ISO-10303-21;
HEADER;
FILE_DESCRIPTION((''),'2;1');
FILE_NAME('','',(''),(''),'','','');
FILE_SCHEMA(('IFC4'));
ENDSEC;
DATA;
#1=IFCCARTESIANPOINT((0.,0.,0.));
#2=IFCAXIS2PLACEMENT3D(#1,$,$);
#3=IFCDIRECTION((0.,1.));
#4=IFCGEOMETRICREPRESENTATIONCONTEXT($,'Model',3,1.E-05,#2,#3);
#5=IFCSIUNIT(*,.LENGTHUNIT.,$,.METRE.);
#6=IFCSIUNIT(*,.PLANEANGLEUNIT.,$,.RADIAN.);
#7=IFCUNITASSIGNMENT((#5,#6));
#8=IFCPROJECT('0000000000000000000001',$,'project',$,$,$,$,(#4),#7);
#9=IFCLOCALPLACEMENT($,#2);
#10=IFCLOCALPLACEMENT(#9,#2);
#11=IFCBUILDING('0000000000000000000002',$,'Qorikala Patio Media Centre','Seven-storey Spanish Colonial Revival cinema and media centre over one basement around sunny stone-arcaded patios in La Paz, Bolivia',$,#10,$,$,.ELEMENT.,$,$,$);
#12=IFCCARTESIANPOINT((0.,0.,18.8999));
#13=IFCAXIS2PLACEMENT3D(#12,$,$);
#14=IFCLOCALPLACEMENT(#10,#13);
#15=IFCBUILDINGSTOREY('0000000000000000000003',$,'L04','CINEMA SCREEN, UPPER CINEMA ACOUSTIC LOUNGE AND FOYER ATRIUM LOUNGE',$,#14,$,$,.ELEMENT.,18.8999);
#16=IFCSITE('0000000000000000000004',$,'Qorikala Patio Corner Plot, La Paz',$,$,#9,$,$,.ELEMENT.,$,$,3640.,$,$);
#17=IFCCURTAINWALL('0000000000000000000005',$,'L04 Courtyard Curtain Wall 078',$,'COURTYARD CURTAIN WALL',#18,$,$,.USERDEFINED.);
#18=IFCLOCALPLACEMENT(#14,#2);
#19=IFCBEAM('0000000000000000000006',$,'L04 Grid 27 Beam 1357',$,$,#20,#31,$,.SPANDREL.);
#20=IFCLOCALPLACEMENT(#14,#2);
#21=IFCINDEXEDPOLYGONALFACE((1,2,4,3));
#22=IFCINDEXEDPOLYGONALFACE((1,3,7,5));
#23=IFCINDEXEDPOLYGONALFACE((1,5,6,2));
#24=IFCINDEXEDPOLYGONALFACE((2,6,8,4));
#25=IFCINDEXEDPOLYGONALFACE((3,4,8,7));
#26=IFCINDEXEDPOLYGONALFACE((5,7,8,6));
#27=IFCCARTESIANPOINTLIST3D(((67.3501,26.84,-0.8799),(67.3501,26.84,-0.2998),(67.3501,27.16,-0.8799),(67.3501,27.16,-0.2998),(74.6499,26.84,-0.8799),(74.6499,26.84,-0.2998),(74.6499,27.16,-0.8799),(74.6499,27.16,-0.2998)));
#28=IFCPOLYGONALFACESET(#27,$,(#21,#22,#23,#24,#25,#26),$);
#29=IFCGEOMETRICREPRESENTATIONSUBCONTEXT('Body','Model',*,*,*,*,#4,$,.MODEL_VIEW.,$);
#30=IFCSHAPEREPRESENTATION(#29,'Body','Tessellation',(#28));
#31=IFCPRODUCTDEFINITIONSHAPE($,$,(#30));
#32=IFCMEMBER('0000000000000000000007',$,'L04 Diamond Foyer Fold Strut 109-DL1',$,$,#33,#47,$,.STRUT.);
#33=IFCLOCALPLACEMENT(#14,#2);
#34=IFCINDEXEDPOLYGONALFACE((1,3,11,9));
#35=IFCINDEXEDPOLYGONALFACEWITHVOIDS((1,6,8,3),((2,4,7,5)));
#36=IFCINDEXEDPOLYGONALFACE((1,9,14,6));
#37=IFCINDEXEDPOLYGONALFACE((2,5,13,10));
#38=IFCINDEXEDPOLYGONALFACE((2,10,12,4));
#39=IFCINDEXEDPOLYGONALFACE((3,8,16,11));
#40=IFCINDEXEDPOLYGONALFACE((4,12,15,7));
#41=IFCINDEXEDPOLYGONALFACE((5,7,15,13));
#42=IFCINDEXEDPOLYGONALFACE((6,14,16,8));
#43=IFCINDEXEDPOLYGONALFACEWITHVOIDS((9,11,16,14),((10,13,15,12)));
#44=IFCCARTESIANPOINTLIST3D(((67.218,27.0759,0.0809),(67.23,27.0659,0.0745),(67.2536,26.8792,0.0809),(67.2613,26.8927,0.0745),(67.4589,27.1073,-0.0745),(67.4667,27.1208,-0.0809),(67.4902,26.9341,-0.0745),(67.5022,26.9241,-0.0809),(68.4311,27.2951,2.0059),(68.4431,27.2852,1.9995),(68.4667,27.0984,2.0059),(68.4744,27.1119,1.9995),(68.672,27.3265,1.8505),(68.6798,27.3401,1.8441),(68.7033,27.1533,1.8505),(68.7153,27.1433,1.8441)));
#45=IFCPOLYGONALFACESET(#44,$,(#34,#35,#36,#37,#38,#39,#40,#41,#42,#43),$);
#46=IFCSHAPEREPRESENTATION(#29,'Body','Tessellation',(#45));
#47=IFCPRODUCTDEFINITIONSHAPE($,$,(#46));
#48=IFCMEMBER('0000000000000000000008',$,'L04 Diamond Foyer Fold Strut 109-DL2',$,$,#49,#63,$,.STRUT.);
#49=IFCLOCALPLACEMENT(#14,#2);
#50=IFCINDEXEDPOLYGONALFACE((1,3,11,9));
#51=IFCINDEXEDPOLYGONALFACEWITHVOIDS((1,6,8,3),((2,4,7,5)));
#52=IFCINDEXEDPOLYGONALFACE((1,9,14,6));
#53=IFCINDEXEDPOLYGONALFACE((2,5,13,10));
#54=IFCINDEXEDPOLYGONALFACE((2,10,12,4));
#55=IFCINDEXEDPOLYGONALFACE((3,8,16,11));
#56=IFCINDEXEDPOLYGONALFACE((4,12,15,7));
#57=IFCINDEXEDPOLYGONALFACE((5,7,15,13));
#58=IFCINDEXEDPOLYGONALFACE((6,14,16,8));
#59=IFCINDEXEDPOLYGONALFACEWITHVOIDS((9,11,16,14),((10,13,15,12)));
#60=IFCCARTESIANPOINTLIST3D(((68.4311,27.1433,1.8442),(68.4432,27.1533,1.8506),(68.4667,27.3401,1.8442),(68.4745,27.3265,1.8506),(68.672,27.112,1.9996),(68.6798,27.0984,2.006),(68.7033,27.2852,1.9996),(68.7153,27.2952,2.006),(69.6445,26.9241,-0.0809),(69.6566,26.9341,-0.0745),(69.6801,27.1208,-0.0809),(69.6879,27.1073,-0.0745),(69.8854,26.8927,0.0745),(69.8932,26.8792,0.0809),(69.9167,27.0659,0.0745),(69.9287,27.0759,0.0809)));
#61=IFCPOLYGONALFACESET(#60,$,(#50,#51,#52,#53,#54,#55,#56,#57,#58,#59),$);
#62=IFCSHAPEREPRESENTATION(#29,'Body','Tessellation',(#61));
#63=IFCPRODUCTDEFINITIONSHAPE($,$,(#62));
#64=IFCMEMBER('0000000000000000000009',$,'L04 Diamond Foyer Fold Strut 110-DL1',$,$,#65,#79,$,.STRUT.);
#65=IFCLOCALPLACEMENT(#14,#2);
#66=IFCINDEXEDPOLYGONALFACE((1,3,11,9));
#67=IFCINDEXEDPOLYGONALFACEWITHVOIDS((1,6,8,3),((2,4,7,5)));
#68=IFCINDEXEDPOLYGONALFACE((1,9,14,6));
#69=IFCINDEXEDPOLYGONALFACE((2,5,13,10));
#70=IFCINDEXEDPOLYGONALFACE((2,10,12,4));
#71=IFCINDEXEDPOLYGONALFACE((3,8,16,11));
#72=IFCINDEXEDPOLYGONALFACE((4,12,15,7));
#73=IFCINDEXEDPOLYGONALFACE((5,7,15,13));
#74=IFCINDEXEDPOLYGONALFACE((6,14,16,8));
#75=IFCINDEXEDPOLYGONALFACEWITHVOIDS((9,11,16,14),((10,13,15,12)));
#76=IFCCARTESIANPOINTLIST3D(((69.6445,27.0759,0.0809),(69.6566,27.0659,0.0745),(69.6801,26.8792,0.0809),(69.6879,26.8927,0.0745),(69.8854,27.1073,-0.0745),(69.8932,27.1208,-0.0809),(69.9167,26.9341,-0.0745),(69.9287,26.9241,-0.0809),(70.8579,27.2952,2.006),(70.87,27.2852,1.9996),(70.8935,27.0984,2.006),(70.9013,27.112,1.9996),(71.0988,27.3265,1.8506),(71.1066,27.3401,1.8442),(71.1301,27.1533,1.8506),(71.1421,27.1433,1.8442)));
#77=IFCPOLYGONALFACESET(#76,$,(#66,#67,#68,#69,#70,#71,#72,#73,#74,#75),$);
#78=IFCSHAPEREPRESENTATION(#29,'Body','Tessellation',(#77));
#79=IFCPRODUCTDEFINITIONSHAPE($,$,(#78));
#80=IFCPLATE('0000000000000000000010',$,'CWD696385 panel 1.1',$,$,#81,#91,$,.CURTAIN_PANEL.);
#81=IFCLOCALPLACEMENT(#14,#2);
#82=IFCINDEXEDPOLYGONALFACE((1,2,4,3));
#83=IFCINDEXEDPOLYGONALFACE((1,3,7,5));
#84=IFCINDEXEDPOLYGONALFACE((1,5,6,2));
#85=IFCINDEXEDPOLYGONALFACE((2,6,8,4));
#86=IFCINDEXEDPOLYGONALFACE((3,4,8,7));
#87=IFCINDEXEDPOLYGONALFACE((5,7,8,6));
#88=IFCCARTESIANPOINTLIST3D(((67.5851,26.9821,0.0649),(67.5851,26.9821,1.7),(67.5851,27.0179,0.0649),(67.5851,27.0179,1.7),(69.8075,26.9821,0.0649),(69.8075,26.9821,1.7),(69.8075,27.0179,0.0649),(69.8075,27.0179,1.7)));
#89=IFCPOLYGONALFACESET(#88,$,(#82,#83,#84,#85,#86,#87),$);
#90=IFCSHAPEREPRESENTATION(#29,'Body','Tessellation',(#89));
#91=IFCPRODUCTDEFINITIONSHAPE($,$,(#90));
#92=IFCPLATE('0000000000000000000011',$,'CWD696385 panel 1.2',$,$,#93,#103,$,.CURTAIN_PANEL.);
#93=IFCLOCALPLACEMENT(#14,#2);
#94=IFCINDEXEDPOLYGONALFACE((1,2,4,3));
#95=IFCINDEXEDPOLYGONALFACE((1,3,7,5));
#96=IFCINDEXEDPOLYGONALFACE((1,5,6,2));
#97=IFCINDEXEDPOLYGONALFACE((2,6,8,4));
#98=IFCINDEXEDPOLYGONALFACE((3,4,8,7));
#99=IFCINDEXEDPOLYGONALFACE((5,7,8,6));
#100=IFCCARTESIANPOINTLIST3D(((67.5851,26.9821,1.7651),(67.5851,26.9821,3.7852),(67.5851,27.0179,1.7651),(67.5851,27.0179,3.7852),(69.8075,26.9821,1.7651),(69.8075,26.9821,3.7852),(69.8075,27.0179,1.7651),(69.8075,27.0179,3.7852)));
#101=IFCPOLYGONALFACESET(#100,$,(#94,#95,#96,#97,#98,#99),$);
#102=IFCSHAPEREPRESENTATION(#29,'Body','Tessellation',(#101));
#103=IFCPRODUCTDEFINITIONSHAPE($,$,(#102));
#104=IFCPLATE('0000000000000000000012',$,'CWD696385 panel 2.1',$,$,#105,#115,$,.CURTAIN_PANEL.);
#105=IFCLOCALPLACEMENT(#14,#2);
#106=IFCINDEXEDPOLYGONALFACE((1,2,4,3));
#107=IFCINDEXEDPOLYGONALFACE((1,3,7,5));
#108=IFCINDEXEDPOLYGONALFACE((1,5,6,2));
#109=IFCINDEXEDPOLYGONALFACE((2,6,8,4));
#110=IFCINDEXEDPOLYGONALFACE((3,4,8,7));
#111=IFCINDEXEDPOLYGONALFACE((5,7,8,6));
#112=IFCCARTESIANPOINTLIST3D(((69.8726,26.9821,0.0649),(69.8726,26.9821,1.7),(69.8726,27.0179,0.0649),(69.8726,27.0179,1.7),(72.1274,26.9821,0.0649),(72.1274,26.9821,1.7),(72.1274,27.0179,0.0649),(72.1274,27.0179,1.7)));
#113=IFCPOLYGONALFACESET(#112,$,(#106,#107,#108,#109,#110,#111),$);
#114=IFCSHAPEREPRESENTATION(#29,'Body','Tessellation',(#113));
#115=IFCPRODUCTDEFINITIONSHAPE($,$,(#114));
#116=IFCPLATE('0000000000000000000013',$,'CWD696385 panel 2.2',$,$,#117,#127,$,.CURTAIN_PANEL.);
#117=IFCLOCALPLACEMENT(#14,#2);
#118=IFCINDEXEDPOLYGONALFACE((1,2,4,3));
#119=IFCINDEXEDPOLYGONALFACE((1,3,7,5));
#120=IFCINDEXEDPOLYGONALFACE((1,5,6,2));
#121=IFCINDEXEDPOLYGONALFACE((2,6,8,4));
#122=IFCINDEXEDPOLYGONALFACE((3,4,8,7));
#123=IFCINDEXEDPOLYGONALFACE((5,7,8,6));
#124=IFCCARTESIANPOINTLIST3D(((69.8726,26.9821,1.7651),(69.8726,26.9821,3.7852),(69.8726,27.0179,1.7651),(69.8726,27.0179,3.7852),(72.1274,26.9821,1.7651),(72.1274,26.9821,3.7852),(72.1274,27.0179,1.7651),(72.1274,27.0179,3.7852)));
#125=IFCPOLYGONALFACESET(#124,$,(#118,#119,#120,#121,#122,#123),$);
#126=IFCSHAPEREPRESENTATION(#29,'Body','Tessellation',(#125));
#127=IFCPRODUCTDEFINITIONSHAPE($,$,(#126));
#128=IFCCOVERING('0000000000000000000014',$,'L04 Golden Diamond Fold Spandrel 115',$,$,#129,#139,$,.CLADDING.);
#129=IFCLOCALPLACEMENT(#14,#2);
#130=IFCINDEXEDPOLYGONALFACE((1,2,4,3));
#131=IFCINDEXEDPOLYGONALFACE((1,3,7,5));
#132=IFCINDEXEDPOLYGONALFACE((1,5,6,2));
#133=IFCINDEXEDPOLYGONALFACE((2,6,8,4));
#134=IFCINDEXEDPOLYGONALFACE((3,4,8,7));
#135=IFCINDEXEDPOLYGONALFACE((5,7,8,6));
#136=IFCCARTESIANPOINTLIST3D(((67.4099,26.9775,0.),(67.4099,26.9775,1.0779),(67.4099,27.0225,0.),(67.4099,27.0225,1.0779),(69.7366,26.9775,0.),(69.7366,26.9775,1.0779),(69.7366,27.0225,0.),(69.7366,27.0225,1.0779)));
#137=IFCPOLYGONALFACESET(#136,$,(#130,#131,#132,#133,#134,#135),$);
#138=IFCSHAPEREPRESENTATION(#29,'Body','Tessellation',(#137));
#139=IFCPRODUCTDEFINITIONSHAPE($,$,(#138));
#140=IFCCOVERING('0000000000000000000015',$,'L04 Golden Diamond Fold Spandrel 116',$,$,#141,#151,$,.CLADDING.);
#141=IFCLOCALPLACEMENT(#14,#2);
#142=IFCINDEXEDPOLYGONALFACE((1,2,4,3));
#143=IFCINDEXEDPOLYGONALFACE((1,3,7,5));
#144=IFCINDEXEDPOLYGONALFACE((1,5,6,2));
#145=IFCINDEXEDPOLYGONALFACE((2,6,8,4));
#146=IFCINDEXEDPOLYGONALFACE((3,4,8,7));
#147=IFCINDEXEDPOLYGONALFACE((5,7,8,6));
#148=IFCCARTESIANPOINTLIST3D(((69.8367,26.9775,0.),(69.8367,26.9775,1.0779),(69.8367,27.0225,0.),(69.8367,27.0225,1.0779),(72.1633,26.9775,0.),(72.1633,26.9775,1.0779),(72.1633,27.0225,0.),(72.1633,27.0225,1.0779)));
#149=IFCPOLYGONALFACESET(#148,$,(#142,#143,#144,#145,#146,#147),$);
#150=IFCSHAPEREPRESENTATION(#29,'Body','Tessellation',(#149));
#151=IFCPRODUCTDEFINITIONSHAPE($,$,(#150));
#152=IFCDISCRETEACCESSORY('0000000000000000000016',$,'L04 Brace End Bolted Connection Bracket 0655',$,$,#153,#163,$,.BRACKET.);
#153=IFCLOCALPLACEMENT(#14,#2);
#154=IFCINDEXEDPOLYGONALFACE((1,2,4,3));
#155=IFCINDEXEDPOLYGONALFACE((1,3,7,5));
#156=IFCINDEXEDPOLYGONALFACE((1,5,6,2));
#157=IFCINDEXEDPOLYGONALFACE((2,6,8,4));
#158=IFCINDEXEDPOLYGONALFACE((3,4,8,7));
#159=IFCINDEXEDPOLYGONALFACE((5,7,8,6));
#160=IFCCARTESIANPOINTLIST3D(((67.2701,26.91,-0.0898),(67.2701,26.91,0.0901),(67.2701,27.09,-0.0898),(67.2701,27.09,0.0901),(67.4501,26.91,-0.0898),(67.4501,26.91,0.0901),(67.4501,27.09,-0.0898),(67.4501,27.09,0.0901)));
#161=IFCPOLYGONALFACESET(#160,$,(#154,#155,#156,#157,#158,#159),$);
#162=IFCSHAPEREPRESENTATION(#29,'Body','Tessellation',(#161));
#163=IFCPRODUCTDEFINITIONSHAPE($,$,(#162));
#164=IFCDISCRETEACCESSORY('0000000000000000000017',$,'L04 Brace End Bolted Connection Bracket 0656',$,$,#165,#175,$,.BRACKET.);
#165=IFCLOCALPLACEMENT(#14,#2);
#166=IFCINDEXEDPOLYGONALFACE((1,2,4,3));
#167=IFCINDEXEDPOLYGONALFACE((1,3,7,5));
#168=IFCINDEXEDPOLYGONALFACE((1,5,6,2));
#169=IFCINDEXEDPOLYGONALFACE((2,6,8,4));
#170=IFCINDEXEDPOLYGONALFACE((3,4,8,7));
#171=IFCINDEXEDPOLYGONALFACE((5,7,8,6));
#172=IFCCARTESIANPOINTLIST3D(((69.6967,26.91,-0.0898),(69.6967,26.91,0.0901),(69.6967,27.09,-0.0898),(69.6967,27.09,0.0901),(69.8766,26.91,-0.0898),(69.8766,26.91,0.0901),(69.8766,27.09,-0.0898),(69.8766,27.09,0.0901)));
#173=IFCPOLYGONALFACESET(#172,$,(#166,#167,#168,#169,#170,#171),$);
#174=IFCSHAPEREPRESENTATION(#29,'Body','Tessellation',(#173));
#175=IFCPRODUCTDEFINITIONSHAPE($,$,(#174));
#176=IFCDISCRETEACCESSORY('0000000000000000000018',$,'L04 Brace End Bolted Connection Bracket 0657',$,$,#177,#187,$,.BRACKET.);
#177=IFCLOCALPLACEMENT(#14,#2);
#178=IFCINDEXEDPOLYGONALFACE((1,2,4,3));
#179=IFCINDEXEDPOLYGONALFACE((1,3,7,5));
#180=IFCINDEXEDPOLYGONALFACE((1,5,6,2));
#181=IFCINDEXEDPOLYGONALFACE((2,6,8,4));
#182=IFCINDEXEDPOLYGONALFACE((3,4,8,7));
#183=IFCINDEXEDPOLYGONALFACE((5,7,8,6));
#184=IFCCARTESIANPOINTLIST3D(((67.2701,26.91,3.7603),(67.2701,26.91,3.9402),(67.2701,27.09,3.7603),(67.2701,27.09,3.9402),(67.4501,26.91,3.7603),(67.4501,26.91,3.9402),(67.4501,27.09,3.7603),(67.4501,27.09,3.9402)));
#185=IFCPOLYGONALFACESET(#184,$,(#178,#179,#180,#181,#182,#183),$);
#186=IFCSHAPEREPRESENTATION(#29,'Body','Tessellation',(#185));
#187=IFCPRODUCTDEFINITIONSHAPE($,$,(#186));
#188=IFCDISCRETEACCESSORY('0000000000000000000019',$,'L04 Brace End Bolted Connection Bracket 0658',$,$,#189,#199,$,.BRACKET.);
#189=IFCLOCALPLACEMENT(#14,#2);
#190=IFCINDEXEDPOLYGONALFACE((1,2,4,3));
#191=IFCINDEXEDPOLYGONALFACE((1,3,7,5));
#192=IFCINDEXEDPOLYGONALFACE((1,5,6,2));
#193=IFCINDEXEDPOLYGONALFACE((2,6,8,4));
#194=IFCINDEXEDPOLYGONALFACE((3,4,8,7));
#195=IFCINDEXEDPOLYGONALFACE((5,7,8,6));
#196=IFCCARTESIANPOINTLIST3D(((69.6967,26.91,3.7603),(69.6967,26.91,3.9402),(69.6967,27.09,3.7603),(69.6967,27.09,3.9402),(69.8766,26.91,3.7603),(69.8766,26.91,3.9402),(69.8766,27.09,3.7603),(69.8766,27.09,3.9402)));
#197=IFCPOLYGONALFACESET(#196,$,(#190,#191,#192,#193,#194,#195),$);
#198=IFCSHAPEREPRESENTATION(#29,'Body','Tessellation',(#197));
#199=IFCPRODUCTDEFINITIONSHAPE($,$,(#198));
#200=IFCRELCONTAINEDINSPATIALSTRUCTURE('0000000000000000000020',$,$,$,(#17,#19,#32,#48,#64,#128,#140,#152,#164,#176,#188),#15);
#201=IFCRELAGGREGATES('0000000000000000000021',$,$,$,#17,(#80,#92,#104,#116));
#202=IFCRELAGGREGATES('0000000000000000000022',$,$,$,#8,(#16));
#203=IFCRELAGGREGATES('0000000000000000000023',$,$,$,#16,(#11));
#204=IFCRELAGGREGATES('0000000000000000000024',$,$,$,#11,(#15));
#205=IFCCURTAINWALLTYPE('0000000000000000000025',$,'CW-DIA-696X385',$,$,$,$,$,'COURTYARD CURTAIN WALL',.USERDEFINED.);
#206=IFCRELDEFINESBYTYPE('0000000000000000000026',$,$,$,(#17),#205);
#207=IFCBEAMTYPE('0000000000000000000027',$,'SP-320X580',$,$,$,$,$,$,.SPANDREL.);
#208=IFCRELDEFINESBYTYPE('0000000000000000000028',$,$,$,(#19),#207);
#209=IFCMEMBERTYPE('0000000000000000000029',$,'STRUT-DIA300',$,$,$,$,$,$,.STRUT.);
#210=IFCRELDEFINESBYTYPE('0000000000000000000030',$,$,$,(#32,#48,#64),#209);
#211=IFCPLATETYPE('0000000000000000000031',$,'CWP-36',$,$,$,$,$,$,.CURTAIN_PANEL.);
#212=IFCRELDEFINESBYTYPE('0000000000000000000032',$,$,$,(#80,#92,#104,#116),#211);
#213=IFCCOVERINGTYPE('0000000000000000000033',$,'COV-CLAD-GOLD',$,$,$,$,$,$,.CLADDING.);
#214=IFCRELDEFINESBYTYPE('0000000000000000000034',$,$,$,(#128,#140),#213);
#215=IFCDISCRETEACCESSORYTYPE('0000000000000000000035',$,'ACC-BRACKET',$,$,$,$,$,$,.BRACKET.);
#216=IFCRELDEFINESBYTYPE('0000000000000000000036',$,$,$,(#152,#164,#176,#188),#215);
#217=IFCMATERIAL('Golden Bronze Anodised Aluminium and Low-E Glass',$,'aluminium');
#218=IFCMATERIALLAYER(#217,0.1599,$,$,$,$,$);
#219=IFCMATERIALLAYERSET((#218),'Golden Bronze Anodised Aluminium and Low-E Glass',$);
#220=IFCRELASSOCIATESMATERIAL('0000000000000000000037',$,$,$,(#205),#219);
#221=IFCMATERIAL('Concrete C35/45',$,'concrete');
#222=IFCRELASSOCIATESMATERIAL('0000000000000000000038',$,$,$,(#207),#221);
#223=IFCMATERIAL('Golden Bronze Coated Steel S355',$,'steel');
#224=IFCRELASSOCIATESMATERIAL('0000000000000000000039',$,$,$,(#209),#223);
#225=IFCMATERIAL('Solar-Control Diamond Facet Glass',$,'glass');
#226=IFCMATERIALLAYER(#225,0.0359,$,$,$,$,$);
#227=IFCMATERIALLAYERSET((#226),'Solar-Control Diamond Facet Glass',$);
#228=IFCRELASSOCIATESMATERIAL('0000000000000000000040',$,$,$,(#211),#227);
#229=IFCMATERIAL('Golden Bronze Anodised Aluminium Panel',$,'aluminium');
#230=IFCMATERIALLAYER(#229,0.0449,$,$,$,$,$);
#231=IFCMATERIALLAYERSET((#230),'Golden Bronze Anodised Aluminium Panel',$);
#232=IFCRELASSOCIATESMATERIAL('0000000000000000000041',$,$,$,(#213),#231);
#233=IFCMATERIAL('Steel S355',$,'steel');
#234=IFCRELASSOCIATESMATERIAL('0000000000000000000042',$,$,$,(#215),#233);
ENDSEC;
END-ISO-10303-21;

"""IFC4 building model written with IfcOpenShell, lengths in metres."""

from ifc_helpers import new_model, si_unit, direction, frame, origin, origin_2d, place, context, subcontext, project, spatial, rectangle, hollow_rectangle, extrude, material, layer, layer_set, material_profile, profile_set, type_object, element, aggregate, save


model = new_model("IFC4")

# Units and contexts
model_context = context("Model", 3, precision=1e-05, world=origin(), true_north=direction((0.0, 1.0)))
body_context = subcontext(model_context, "Body", "Model", "MODEL_VIEW")
ifc_project = project(units=[si_unit("LENGTHUNIT", "METRE"), si_unit("PLANEANGLEUNIT", "RADIAN")], contexts=[model_context])

# Site, building, storey
site_placement = place(None, origin())
site = spatial("IfcSite", under=ifc_project, at=site_placement, Name="Qorikala Patio Corner Plot, La Paz", CompositionType="ELEMENT", RefElevation=3640.0)
building_placement = place(site_placement, origin())
building = spatial("IfcBuilding", under=site, at=building_placement, Name="Qorikala Patio Media Centre", Description="Seven-storey Spanish Colonial Revival cinema and media centre over one basement around sunny stone-arcaded patios in La Paz, Bolivia", CompositionType="ELEMENT")
storey_placement = place(building_placement, frame((0.0, 0.0, 18.8999)))
storey = spatial("IfcBuildingStorey", under=building, at=storey_placement, Name="L04", Description="CINEMA SCREEN, UPPER CINEMA ACOUSTIC LOUNGE AND FOYER ATRIUM LOUNGE", CompositionType="ELEMENT", Elevation=18.8999)

# Shared definitions
ifc_material_1 = material(Name="Golden Bronze Coated Steel S355", Category="steel")

# Curtain wall
ifc_material_2 = material(Name="Golden Bronze Anodised Aluminium and Low-E Glass", Category="aluminium")
ifc_layer_1 = layer(ifc_material_2, 0.1599)
ifc_layer_set_1 = layer_set([ifc_layer_1], Name="Golden Bronze Anodised Aluminium and Low-E Glass")
curtain_wall_type = type_object("IfcCurtainWallType", Name="CW-DIA-696X385", ElementType="COURTYARD CURTAIN WALL", PredefinedType="USERDEFINED", material=ifc_layer_set_1)
curtain_wall_placement = place(storey_placement, origin())
curtain_wall = element("IfcCurtainWall", 1, at=curtain_wall_placement, inside=storey, type_object=curtain_wall_type, Name="L04 Courtyard Curtain Wall 078", ObjectType="COURTYARD CURTAIN WALL", PredefinedType="USERDEFINED")

# Beam
ifc_material_3 = material(Name="Concrete C35/45", Category="concrete")
ifc_material_profile_1 = material_profile(ifc_material_3, rectangle(XDim=0.3201, YDim=0.5801, at=origin_2d()), Name="RC 320x580")
ifc_profile_set_1 = profile_set([ifc_material_profile_1], Name="Concrete C35/45")
beam_type = type_object("IfcBeamType", Name="SP-320X580", PredefinedType="SPANDREL", material=ifc_profile_set_1)
beam_placement = place(storey_placement, frame((67.3501, 27.0, -0.5898), z_axis=(1.0, 0.0, 0.0), x_axis=(0.0, 1.0, 0.0)))
element("IfcBeam", 2, at=beam_placement, inside=storey, type_object=beam_type, Name="L04 Grid 27 Beam 1357", PredefinedType="SPANDREL", context=body_context, shape_type="SweptSolid", body=[
    extrude(rectangle(XDim=0.3201, YDim=0.5801, at=origin_2d()), origin(), (0.0, 0.0, 1.0), 7.2998),
])

# Members
ifc_material_profile_2 = material_profile(ifc_material_1, hollow_rectangle(XDim=0.2, YDim=0.3, WallThickness=0.012, at=origin_2d()), Name="HSS300X200X12")
ifc_profile_set_2 = profile_set([ifc_material_profile_2], Name="Golden Bronze Coated Steel S355")
member_type_1 = type_object("IfcMemberType", Name="STRUT-DIA300", PredefinedType="STRUT", material=ifc_profile_set_2)
member_1_placement = place(storey_placement, frame((67.3601, 27.0, 0.0), z_axis=(0.530691, 0.095907, 0.842121), x_axis=(-0.17784, 0.984059, 0.0)))
element("IfcMember", 3, at=member_1_placement, inside=storey, type_object=member_type_1, Name="L04 Diamond Foyer Fold Strut 109-DL1", PredefinedType="STRUT", context=body_context, shape_type="SweptSolid", body=[
    extrude(hollow_rectangle(XDim=0.2, YDim=0.3, WallThickness=0.012, at=origin_2d()), origin(), (0.0, 0.0, 1.0), 2.2859),
])
for number, where, z_axis, x_axis, name in (
    (4, (69.7866, 27.0, 0.0), (-0.530768, 0.095901, 0.842074), (-0.177805, -0.984066, 0.0), "L04 Diamond Foyer Fold Strut 109-DL2"),
    (5, (69.7866, 27.0, 0.0), (0.530768, 0.095901, 0.842074), (-0.177805, 0.984066, 0.0), "L04 Diamond Foyer Fold Strut 110-DL1"),
):
    element("IfcMember", number, at=place(storey_placement, frame(where, z_axis=z_axis, x_axis=x_axis)), inside=storey, type_object=member_type_1, Name=name, PredefinedType="STRUT", context=body_context, shape_type="SweptSolid", body=[
        extrude(hollow_rectangle(XDim=0.2, YDim=0.3, WallThickness=0.012, at=origin_2d()), origin(), (0.0, 0.0, 1.0), 2.2861),
    ])

# Plates
ifc_material_4 = material(Name="Solar-Control Diamond Facet Glass", Category="glass")
ifc_layer_2 = layer(ifc_material_4, 0.0359)
ifc_layer_set_2 = layer_set([ifc_layer_2], Name="Solar-Control Diamond Facet Glass")
plate_type = type_object("IfcPlateType", Name="CWP-36", PredefinedType="CURTAIN_PANEL", material=ifc_layer_set_2)
plate_1_placement = place(storey_placement, frame((68.6963, 27.0, 0.0649), z_axis=(0.0, 0.0, 1.0), x_axis=(1.0, 0.0, 0.0)))
plate_1 = element("IfcPlate", 6, at=plate_1_placement, type_object=plate_type, Name="CWD696385 panel 1.1", PredefinedType="CURTAIN_PANEL", context=body_context, shape_type="SweptSolid", body=[
    extrude(rectangle(XDim=2.2224, YDim=0.0359, at=origin_2d()), origin(), (0.0, 0.0, 1.0), 1.635),
])
plate_2_placement = place(storey_placement, frame((68.6963, 27.0, 1.7651), z_axis=(0.0, 0.0, 1.0), x_axis=(1.0, 0.0, 0.0)))
plate_2 = element("IfcPlate", 7, at=plate_2_placement, type_object=plate_type, Name="CWD696385 panel 1.2", PredefinedType="CURTAIN_PANEL", context=body_context, shape_type="SweptSolid", body=[
    extrude(rectangle(XDim=2.2224, YDim=0.0359, at=origin_2d()), origin(), (0.0, 0.0, 1.0), 2.02),
])
plate_3_placement = place(storey_placement, frame((71.0, 27.0, 0.0649), z_axis=(0.0, 0.0, 1.0), x_axis=(1.0, 0.0, 0.0)))
plate_3 = element("IfcPlate", 8, at=plate_3_placement, type_object=plate_type, Name="CWD696385 panel 2.1", PredefinedType="CURTAIN_PANEL", context=body_context, shape_type="SweptSolid", body=[
    extrude(rectangle(XDim=2.2549, YDim=0.0359, at=origin_2d()), origin(), (0.0, 0.0, 1.0), 1.635),
])
plate_4_placement = place(storey_placement, frame((71.0, 27.0, 1.7651), z_axis=(0.0, 0.0, 1.0), x_axis=(1.0, 0.0, 0.0)))
plate_4 = element("IfcPlate", 9, at=plate_4_placement, type_object=plate_type, Name="CWD696385 panel 2.2", PredefinedType="CURTAIN_PANEL", context=body_context, shape_type="SweptSolid", body=[
    extrude(rectangle(XDim=2.2549, YDim=0.0359, at=origin_2d()), origin(), (0.0, 0.0, 1.0), 2.02),
])
aggregate(curtain_wall, [plate_1, plate_2, plate_3, plate_4])

# Coverings
ifc_material_5 = material(Name="Golden Bronze Anodised Aluminium Panel", Category="aluminium")
ifc_layer_3 = layer(ifc_material_5, 0.0449)
ifc_layer_set_3 = layer_set([ifc_layer_3], Name="Golden Bronze Anodised Aluminium Panel")
covering_type = type_object("IfcCoveringType", Name="COV-CLAD-GOLD", PredefinedType="CLADDING", material=ifc_layer_set_3)
for number, where, z_axis, x_axis, name in (
    (10, (68.5732, 27.0, 0.0), (0.0, 0.0, 1.0), (1.0, 0.0, 0.0), "L04 Golden Diamond Fold Spandrel 115"),
    (11, (71.0, 27.0, 0.0), (0.0, 0.0, 1.0), (1.0, 0.0, 0.0), "L04 Golden Diamond Fold Spandrel 116"),
):
    element("IfcCovering", number, at=place(storey_placement, frame(where, z_axis=z_axis, x_axis=x_axis)), inside=storey, type_object=covering_type, Name=name, PredefinedType="CLADDING", context=body_context, shape_type="SweptSolid", body=[
        extrude(rectangle(XDim=2.3267, YDim=0.0449, at=origin_2d()), origin(), (0.0, 0.0, 1.0), 1.0779),
    ])

# Discrete accessories
ifc_material_6 = material(Name="Steel S355", Category="steel")
discrete_accessory_type = type_object("IfcDiscreteAccessoryType", Name="ACC-BRACKET", PredefinedType="BRACKET", material=ifc_material_6)
for number, where, z_axis, x_axis, name in (
    (12, (67.3601, 27.0, -0.0898), (0.0, 0.0, 1.0), (1.0, 0.0, 0.0), "L04 Brace End Bolted Connection Bracket 0655"),
    (13, (69.7866, 27.0, -0.0898), (0.0, 0.0, 1.0), (1.0, 0.0, 0.0), "L04 Brace End Bolted Connection Bracket 0656"),
    (14, (67.3601, 27.0, 3.7603), (0.0, 0.0, 1.0), (1.0, 0.0, 0.0), "L04 Brace End Bolted Connection Bracket 0657"),
    (15, (69.7866, 27.0, 3.7603), (0.0, 0.0, 1.0), (1.0, 0.0, 0.0), "L04 Brace End Bolted Connection Bracket 0658"),
):
    element("IfcDiscreteAccessory", number, at=place(storey_placement, frame(where, z_axis=z_axis, x_axis=x_axis)), inside=storey, type_object=discrete_accessory_type, Name=name, PredefinedType="BRACKET", context=body_context, shape_type="SweptSolid", body=[
        extrude(rectangle(XDim=0.1799, YDim=0.1799, at=origin_2d()), origin(), (0.0, 0.0, 1.0), 0.1799),
    ])

save(model, "model.ifc")
